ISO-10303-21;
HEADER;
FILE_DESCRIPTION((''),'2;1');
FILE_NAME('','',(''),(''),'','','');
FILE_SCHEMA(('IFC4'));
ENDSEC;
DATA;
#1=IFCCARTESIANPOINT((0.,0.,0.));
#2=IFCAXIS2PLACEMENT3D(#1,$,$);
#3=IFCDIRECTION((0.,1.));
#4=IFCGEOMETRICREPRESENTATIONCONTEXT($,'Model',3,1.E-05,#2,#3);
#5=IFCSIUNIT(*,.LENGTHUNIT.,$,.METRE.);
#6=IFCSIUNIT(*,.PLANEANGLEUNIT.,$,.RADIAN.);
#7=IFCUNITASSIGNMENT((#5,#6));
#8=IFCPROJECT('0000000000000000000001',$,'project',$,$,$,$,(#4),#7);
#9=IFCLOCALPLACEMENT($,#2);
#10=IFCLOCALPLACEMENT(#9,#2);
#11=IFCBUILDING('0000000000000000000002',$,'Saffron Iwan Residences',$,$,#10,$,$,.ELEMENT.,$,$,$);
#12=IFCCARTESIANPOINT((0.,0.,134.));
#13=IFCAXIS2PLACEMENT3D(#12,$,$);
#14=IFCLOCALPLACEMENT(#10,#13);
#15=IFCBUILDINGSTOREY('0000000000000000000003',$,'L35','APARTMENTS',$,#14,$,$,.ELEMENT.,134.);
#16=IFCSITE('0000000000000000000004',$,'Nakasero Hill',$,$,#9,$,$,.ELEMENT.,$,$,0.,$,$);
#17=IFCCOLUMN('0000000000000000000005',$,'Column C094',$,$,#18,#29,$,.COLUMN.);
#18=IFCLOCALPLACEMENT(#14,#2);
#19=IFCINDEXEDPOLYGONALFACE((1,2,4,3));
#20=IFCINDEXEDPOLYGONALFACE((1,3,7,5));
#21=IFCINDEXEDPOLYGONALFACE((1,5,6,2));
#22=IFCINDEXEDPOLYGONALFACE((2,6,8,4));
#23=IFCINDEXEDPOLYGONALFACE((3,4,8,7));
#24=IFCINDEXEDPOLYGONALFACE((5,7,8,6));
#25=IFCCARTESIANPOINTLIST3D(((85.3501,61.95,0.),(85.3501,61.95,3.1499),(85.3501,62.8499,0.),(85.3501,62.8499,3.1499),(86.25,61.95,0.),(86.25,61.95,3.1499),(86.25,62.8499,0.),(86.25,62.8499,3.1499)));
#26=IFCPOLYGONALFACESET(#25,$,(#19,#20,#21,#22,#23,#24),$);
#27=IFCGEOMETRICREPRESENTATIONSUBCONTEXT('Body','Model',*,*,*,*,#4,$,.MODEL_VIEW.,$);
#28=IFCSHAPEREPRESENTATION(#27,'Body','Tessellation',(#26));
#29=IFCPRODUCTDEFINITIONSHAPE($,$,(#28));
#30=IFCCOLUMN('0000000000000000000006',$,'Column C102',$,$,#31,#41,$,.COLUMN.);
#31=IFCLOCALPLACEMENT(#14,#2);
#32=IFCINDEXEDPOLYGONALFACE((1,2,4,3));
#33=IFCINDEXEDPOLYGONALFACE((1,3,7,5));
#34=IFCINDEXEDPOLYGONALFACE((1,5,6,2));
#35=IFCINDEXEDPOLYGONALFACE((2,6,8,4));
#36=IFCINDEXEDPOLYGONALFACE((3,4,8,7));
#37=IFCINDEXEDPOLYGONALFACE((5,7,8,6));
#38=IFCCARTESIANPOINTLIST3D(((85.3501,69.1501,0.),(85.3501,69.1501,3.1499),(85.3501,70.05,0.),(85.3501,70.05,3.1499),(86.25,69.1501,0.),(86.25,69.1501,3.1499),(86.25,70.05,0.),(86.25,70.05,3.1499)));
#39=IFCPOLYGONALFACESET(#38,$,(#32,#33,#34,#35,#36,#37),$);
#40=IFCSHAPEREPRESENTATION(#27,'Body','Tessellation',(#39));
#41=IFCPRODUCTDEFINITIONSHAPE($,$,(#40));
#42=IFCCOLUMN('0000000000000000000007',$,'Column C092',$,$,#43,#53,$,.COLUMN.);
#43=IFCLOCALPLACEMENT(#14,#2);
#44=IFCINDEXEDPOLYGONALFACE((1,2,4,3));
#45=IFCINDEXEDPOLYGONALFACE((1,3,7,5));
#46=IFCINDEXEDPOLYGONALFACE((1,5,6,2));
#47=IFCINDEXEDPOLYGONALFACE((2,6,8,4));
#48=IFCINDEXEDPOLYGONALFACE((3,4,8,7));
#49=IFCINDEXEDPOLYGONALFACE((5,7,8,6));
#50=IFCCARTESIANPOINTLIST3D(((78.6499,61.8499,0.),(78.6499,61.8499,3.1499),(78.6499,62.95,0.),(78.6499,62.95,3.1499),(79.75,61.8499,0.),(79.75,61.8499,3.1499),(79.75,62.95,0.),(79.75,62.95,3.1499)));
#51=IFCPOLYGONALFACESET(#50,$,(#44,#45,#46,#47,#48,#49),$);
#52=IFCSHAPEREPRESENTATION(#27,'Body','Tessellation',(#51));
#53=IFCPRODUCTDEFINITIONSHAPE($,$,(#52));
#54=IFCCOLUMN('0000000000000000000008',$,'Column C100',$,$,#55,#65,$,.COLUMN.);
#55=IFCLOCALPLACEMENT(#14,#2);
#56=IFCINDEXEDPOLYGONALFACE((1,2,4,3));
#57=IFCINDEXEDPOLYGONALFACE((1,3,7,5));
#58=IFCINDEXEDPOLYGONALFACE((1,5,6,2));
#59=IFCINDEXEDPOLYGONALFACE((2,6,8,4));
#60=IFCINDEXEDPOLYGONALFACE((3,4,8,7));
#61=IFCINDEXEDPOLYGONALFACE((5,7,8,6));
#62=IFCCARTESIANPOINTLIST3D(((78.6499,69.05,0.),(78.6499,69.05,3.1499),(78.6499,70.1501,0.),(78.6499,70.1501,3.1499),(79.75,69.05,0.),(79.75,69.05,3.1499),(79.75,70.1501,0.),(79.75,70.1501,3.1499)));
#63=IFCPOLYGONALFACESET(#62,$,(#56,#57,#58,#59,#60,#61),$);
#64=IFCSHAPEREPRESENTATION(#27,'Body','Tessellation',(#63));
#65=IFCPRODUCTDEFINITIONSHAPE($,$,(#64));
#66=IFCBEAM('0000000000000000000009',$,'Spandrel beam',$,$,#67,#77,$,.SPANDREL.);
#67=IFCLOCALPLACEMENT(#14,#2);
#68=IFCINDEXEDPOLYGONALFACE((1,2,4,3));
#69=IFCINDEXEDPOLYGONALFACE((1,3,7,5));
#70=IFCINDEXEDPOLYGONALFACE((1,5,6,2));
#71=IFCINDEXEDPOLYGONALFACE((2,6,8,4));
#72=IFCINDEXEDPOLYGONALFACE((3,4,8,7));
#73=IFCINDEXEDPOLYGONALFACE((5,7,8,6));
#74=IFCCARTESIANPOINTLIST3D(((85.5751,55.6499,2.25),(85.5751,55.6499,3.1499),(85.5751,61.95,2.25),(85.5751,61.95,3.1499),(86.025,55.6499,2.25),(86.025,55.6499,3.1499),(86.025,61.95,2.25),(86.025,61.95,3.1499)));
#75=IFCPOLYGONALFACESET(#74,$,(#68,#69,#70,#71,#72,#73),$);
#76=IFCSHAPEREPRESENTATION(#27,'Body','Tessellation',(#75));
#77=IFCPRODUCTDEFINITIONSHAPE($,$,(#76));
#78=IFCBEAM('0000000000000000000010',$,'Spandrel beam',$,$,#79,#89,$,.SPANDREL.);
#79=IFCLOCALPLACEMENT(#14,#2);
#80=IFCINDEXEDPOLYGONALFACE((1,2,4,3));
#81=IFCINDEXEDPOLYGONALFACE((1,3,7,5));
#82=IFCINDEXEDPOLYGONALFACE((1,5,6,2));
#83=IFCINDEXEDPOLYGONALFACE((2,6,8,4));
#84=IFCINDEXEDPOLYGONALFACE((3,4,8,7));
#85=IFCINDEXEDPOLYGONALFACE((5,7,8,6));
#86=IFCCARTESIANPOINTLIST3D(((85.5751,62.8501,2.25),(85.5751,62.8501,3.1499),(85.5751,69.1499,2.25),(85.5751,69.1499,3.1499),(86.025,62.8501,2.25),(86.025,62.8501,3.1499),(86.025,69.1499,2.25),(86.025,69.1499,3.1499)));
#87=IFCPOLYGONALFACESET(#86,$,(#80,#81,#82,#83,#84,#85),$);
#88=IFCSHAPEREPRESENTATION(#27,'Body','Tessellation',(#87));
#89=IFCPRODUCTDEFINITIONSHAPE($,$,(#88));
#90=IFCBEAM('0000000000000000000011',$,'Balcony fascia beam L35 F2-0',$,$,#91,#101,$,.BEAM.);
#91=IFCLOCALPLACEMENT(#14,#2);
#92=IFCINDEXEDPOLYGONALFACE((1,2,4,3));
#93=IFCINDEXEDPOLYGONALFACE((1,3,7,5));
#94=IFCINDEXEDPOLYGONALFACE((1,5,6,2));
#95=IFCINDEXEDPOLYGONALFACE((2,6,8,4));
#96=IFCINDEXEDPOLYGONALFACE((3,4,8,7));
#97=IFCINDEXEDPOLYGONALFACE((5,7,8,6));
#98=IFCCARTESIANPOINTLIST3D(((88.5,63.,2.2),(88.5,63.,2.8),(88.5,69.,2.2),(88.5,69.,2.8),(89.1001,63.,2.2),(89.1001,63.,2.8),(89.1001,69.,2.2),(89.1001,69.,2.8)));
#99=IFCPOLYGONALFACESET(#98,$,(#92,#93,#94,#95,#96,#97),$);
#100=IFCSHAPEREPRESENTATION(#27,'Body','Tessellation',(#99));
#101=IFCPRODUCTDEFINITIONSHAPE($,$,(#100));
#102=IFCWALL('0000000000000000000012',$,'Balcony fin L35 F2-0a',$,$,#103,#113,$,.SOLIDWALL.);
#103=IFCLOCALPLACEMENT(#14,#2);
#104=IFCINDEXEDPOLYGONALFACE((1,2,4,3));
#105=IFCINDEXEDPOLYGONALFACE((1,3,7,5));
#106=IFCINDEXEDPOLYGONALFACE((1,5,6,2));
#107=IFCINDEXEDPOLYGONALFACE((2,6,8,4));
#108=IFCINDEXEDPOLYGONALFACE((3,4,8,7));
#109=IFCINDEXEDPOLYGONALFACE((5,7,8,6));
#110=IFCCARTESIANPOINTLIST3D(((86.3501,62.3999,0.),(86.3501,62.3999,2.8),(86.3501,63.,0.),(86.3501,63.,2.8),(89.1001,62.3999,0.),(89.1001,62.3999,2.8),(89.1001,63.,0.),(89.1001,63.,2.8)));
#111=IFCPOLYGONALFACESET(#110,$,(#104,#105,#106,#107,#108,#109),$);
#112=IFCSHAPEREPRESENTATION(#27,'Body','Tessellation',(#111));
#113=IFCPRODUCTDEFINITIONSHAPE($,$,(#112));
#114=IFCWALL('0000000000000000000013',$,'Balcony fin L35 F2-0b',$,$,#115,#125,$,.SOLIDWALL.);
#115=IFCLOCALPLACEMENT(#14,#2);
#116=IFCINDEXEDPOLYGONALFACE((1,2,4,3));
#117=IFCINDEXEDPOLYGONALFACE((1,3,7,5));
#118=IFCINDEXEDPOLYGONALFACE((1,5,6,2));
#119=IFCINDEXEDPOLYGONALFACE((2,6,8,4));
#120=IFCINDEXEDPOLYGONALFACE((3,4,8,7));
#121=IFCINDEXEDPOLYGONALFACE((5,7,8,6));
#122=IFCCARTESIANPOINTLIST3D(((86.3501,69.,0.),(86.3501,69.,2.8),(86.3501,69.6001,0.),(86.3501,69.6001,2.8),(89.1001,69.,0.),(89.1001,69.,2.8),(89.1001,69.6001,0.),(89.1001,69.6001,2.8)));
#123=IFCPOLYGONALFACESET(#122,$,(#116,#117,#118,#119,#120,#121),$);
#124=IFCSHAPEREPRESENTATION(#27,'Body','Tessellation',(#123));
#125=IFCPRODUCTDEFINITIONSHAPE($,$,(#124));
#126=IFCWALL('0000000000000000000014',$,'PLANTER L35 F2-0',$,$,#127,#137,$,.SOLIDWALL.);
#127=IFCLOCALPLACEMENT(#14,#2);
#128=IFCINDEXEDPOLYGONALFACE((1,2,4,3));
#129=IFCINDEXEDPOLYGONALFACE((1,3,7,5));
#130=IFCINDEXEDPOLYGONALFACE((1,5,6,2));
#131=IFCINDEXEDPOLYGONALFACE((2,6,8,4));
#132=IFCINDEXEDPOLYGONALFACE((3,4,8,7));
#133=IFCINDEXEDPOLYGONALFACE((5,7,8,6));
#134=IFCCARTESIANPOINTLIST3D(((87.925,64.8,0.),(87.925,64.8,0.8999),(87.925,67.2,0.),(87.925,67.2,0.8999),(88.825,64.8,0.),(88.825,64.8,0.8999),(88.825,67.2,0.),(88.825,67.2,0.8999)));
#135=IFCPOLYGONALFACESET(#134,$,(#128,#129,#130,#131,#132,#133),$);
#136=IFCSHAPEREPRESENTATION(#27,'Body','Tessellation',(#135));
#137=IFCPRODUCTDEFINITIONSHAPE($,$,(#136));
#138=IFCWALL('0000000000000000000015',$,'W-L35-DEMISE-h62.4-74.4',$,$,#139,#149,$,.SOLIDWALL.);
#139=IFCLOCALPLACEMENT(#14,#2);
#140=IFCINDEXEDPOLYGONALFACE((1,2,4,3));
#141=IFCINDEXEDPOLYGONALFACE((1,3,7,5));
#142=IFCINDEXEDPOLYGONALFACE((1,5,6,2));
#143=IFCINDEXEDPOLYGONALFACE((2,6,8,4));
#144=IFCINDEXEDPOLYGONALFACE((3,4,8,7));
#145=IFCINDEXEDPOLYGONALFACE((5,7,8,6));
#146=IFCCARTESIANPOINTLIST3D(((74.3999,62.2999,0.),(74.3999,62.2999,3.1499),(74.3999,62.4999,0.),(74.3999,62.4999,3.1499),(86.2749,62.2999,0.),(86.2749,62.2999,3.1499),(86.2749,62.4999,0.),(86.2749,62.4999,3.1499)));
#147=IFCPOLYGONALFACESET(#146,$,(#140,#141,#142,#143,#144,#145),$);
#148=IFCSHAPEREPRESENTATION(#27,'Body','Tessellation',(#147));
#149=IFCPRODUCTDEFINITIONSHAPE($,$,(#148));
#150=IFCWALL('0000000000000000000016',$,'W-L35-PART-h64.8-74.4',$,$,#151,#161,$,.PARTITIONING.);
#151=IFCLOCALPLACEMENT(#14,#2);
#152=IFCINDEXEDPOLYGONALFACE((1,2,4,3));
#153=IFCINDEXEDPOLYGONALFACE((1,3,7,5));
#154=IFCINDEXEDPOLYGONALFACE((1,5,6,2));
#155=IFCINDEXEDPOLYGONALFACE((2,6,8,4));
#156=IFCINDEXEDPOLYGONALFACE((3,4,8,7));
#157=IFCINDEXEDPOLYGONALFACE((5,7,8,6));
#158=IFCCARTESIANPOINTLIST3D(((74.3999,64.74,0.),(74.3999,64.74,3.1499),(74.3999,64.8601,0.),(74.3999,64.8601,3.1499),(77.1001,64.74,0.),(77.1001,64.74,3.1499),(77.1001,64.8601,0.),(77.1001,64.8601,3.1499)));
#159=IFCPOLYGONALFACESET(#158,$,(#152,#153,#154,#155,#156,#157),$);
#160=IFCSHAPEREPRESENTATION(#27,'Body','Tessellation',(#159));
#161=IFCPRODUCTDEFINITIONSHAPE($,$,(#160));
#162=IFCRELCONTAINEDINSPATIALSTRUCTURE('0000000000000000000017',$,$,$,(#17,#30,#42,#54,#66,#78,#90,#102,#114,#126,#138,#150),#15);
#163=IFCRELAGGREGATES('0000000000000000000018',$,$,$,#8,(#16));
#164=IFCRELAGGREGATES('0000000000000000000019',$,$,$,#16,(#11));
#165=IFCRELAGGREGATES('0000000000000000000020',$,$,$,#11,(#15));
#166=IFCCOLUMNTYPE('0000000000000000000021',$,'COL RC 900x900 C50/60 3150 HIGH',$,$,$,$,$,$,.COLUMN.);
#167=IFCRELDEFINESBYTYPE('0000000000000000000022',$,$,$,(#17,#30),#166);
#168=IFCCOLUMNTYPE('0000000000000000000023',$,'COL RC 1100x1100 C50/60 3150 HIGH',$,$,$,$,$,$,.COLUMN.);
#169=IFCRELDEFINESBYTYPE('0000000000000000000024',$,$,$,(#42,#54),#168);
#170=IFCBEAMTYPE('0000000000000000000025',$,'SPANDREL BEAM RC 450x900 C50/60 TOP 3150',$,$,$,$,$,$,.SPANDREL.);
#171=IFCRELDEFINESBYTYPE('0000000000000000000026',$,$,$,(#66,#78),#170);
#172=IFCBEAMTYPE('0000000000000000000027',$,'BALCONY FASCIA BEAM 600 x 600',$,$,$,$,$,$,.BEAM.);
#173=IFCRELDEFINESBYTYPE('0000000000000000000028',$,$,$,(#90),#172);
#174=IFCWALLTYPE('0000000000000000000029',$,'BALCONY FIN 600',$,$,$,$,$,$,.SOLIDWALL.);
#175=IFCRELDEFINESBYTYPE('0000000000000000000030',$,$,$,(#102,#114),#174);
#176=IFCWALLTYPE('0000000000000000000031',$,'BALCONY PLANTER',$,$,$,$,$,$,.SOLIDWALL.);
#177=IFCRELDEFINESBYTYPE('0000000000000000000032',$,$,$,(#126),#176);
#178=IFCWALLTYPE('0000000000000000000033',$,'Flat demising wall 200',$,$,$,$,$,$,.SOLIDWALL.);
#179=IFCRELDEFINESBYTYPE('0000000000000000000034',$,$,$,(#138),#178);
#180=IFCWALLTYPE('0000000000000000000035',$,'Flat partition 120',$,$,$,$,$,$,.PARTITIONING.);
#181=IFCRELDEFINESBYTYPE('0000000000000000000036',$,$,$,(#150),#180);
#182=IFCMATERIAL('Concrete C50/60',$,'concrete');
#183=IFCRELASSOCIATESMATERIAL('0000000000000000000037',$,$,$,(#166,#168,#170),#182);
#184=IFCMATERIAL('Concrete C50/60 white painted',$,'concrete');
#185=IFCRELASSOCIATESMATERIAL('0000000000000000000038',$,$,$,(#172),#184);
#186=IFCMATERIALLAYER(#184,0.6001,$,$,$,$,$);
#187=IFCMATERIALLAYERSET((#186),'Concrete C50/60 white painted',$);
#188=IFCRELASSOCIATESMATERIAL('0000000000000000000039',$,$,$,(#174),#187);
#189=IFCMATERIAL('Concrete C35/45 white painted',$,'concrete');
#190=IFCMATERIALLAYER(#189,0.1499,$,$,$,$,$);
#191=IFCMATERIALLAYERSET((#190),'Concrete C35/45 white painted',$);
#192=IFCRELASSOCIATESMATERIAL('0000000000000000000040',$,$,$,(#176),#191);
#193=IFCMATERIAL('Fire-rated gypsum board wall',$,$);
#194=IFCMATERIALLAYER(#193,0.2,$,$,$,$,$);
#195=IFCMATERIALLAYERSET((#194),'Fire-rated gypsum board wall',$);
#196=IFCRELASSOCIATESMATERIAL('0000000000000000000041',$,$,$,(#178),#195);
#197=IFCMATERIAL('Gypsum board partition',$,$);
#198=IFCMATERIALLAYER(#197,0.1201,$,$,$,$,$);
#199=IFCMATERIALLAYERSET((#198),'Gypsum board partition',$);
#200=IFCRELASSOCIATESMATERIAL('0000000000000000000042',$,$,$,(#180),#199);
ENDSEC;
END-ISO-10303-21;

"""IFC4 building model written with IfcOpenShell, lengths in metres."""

from ifc_helpers import new_model, si_unit, direction, frame, frame_2d, origin, origin_2d, place, context, subcontext, project, spatial, rectangle, extrude, source, transform, mapped, material, layer, layer_set, material_profile, profile_set, type_object, element, save


model = new_model("IFC4")

# Units and contexts
model_context = context("Model", 3, precision=1e-05, world=origin(), true_north=direction((0.0, 1.0)))
body_context = subcontext(model_context, "Body", "Model", "MODEL_VIEW")
ifc_project = project(units=[si_unit("LENGTHUNIT", "METRE"), si_unit("PLANEANGLEUNIT", "RADIAN")], contexts=[model_context])

# Site, building, storey
site_placement = place(None, origin())
site = spatial("IfcSite", under=ifc_project, at=site_placement, Name="Nakasero Hill", CompositionType="ELEMENT", RefElevation=0.0)
building_placement = place(site_placement, origin())
building = spatial("IfcBuilding", under=site, at=building_placement, Name="Saffron Iwan Residences", CompositionType="ELEMENT")
storey_placement = place(building_placement, frame((0.0, 0.0, 134.0)))
storey = spatial("IfcBuildingStorey", under=building, at=storey_placement, Name="L35", Description="APARTMENTS", CompositionType="ELEMENT", Elevation=134.0)

# Columns
ifc_material_1 = material(Name="Concrete C50/60", Category="concrete")
ifc_material_profile_1 = material_profile(ifc_material_1, rectangle(XDim=0.8999, YDim=0.8999, at=origin_2d()), Name="RC 900x900")
ifc_profile_set_1 = profile_set([ifc_material_profile_1], Name="Concrete C50/60")
column_type_1 = type_object("IfcColumnType", Name="COL RC 900x900 C50/60 3150 HIGH", PredefinedType="COLUMN", material=ifc_profile_set_1)
shared_shape_1 = source(origin(), body_context, "Body", "SweptSolid", [
    extrude(rectangle(XDim=0.8999, YDim=0.8999, at=origin_2d()), origin(), (0.0, 0.0, 1.0), 3.1499),
])
for number, where, z_axis, x_axis, name in (
    (1, (85.8, 62.3999, 0.0), (0.0, 0.0, 1.0), (1.0, 0.0, 0.0), "Column C094"),
    (2, (85.8, 69.6001, 0.0), (0.0, 0.0, 1.0), (1.0, 0.0, 0.0), "Column C102"),
):
    element("IfcColumn", number, at=place(storey_placement, frame(where, z_axis=z_axis, x_axis=x_axis)), inside=storey, type_object=column_type_1, Name=name, PredefinedType="COLUMN", context=body_context, shape_type="MappedRepresentation", body=[
        mapped(shared_shape_1, transform((0.0, 0.0, 0.0))),
    ])
ifc_material_profile_2 = material_profile(ifc_material_1, rectangle(XDim=1.1001, YDim=1.1001, at=origin_2d()), Name="RC 1100x1100")
ifc_profile_set_2 = profile_set([ifc_material_profile_2], Name="Concrete C50/60")
column_type_2 = type_object("IfcColumnType", Name="COL RC 1100x1100 C50/60 3150 HIGH", PredefinedType="COLUMN", material=ifc_profile_set_2)
shared_shape_2 = source(origin(), body_context, "Body", "SweptSolid", [
    extrude(rectangle(XDim=1.1001, YDim=1.1001, at=origin_2d()), origin(), (0.0, 0.0, 1.0), 3.1499),
])
for number, where, z_axis, x_axis, name in (
    (3, (79.2, 62.3999, 0.0), (0.0, 0.0, 1.0), (1.0, 0.0, 0.0), "Column C092"),
    (4, (79.2, 69.6001, 0.0), (0.0, 0.0, 1.0), (1.0, 0.0, 0.0), "Column C100"),
):
    element("IfcColumn", number, at=place(storey_placement, frame(where, z_axis=z_axis, x_axis=x_axis)), inside=storey, type_object=column_type_2, Name=name, PredefinedType="COLUMN", context=body_context, shape_type="MappedRepresentation", body=[
        mapped(shared_shape_2, transform((0.0, 0.0, 0.0))),
    ])

# Beams
ifc_material_profile_3 = material_profile(ifc_material_1, rectangle(XDim=0.45, YDim=0.8999, at=origin_2d()), Name="RC 450x900")
ifc_profile_set_3 = profile_set([ifc_material_profile_3], Name="Concrete C50/60")
beam_type_1 = type_object("IfcBeamType", Name="SPANDREL BEAM RC 450x900 C50/60 TOP 3150", PredefinedType="SPANDREL", material=ifc_profile_set_3)
shared_shape_3 = source(origin(), body_context, "Body", "SweptSolid", [
    extrude(rectangle(XDim=0.45, YDim=0.8999, at=origin_2d()), origin(), (0.0, 0.0, 1.0), 6.3),
])
beam_1_placement = place(storey_placement, frame((85.8, 61.95, 2.7), z_axis=(0.0, -1.0, 0.0), x_axis=(1.0, 0.0, 0.0)))
element("IfcBeam", 5, at=beam_1_placement, inside=storey, type_object=beam_type_1, Name="Spandrel beam", PredefinedType="SPANDREL", context=body_context, shape_type="MappedRepresentation", body=[
    mapped(shared_shape_3, transform((0.0, 0.0, 0.0))),
])
shared_shape_4 = source(origin(), body_context, "Body", "SweptSolid", [
    extrude(rectangle(XDim=0.45, YDim=0.8999, at=origin_2d()), origin(), (0.0, 0.0, 1.0), 6.2998),
])
beam_2_placement = place(storey_placement, frame((85.8, 69.1499, 2.7), z_axis=(0.0, -1.0, 0.0), x_axis=(1.0, 0.0, 0.0)))
element("IfcBeam", 6, at=beam_2_placement, inside=storey, type_object=beam_type_1, Name="Spandrel beam", PredefinedType="SPANDREL", context=body_context, shape_type="MappedRepresentation", body=[
    mapped(shared_shape_4, transform((0.0, 0.0, 0.0))),
])
ifc_material_2 = material(Name="Concrete C50/60 white painted", Category="concrete")
ifc_material_profile_4 = material_profile(ifc_material_2, rectangle(XDim=0.6001, YDim=0.6001, at=origin_2d()), Name="BALCONY FASCIA BEAM 600 x 600")
ifc_profile_set_4 = profile_set([ifc_material_profile_4], Name="Concrete C50/60 white painted")
beam_type_2 = type_object("IfcBeamType", Name="BALCONY FASCIA BEAM 600 x 600", PredefinedType="BEAM", material=ifc_profile_set_4)
shared_shape_5 = source(origin(), body_context, "Body", "SweptSolid", [
    extrude(rectangle(XDim=0.6001, YDim=0.6001, at=origin_2d()), origin(), (0.0, 0.0, 1.0), 6.0),
])
beam_3_placement = place(storey_placement, frame((88.8, 63.0, 2.5), z_axis=(0.0, 1.0, 0.0), x_axis=(-1.0, 0.0, 0.0)))
element("IfcBeam", 7, at=beam_3_placement, inside=storey, type_object=beam_type_2, Name="Balcony fascia beam L35 F2-0", PredefinedType="BEAM", context=body_context, shape_type="MappedRepresentation", body=[
    mapped(shared_shape_5, transform((0.0, 0.0, 0.0))),
])

# Walls
ifc_layer_1 = layer(ifc_material_2, 0.6001)
ifc_layer_set_1 = layer_set([ifc_layer_1], Name="Concrete C50/60 white painted")
wall_type_1 = type_object("IfcWallType", Name="BALCONY FIN 600", PredefinedType="SOLIDWALL", material=ifc_layer_set_1)
for number, where, z_axis, x_axis, name in (
    (8, (86.3501, 62.7, 0.0), (0.0, 0.0, 1.0), (1.0, 0.0, 0.0), "Balcony fin L35 F2-0a"),
    (9, (86.3501, 69.3, 0.0), (0.0, 0.0, 1.0), (1.0, 0.0, 0.0), "Balcony fin L35 F2-0b"),
):
    element("IfcWall", number, at=place(storey_placement, frame(where, z_axis=z_axis, x_axis=x_axis)), inside=storey, type_object=wall_type_1, Name=name, PredefinedType="SOLIDWALL", context=body_context, shape_type="SweptSolid", body=[
        extrude(rectangle(XDim=2.75, YDim=0.6001, at=frame_2d((1.375, 0.0))), origin(), (0.0, 0.0, 1.0), 2.8),
    ])
ifc_material_3 = material(Name="Concrete C35/45 white painted", Category="concrete")
ifc_layer_2 = layer(ifc_material_3, 0.1499)
ifc_layer_set_2 = layer_set([ifc_layer_2], Name="Concrete C35/45 white painted")
wall_type_2 = type_object("IfcWallType", Name="BALCONY PLANTER", PredefinedType="SOLIDWALL", material=ifc_layer_set_2)
wall_1_placement = place(storey_placement, frame((88.375, 64.8, 0.0), z_axis=(0.0, 0.0, 1.0), x_axis=(0.0, 1.0, 0.0)))
element("IfcWall", 10, at=wall_1_placement, inside=storey, type_object=wall_type_2, Name="PLANTER L35 F2-0", PredefinedType="SOLIDWALL", context=body_context, shape_type="SweptSolid", body=[
    extrude(rectangle(XDim=2.3999, YDim=0.8999, at=frame_2d((1.2, 0.0))), origin(), (0.0, 0.0, 1.0), 0.8999),
])

# Walls
ifc_material_4 = material(Name="Fire-rated gypsum board wall")
ifc_layer_3 = layer(ifc_material_4, 0.2)
ifc_layer_set_3 = layer_set([ifc_layer_3], Name="Fire-rated gypsum board wall")
wall_type_3 = type_object("IfcWallType", Name="Flat demising wall 200", PredefinedType="SOLIDWALL", material=ifc_layer_set_3)
wall_2_placement = place(storey_placement, frame((74.3999, 62.3999, 0.0), z_axis=(0.0, 0.0, 1.0), x_axis=(1.0, 0.0, 0.0)))
element("IfcWall", 11, at=wall_2_placement, inside=storey, type_object=wall_type_3, Name="W-L35-DEMISE-h62.4-74.4", PredefinedType="SOLIDWALL", context=body_context, shape_type="SweptSolid", body=[
    extrude(rectangle(XDim=11.875, YDim=0.2, at=frame_2d((5.9375, 0.0))), origin(), (0.0, 0.0, 1.0), 3.1499),
])
ifc_material_5 = material(Name="Gypsum board partition")
ifc_layer_4 = layer(ifc_material_5, 0.1201)
ifc_layer_set_4 = layer_set([ifc_layer_4], Name="Gypsum board partition")
wall_type_4 = type_object("IfcWallType", Name="Flat partition 120", PredefinedType="PARTITIONING", material=ifc_layer_set_4)
wall_3_placement = place(storey_placement, frame((74.3999, 64.8, 0.0), z_axis=(0.0, 0.0, 1.0), x_axis=(1.0, 0.0, 0.0)))
element("IfcWall", 12, at=wall_3_placement, inside=storey, type_object=wall_type_4, Name="W-L35-PART-h64.8-74.4", PredefinedType="PARTITIONING", context=body_context, shape_type="SweptSolid", body=[
    extrude(rectangle(XDim=2.7002, YDim=0.1201, at=frame_2d((1.3501, 0.0))), origin(), (0.0, 0.0, 1.0), 3.1499),
])

save(model, "model.ifc")
